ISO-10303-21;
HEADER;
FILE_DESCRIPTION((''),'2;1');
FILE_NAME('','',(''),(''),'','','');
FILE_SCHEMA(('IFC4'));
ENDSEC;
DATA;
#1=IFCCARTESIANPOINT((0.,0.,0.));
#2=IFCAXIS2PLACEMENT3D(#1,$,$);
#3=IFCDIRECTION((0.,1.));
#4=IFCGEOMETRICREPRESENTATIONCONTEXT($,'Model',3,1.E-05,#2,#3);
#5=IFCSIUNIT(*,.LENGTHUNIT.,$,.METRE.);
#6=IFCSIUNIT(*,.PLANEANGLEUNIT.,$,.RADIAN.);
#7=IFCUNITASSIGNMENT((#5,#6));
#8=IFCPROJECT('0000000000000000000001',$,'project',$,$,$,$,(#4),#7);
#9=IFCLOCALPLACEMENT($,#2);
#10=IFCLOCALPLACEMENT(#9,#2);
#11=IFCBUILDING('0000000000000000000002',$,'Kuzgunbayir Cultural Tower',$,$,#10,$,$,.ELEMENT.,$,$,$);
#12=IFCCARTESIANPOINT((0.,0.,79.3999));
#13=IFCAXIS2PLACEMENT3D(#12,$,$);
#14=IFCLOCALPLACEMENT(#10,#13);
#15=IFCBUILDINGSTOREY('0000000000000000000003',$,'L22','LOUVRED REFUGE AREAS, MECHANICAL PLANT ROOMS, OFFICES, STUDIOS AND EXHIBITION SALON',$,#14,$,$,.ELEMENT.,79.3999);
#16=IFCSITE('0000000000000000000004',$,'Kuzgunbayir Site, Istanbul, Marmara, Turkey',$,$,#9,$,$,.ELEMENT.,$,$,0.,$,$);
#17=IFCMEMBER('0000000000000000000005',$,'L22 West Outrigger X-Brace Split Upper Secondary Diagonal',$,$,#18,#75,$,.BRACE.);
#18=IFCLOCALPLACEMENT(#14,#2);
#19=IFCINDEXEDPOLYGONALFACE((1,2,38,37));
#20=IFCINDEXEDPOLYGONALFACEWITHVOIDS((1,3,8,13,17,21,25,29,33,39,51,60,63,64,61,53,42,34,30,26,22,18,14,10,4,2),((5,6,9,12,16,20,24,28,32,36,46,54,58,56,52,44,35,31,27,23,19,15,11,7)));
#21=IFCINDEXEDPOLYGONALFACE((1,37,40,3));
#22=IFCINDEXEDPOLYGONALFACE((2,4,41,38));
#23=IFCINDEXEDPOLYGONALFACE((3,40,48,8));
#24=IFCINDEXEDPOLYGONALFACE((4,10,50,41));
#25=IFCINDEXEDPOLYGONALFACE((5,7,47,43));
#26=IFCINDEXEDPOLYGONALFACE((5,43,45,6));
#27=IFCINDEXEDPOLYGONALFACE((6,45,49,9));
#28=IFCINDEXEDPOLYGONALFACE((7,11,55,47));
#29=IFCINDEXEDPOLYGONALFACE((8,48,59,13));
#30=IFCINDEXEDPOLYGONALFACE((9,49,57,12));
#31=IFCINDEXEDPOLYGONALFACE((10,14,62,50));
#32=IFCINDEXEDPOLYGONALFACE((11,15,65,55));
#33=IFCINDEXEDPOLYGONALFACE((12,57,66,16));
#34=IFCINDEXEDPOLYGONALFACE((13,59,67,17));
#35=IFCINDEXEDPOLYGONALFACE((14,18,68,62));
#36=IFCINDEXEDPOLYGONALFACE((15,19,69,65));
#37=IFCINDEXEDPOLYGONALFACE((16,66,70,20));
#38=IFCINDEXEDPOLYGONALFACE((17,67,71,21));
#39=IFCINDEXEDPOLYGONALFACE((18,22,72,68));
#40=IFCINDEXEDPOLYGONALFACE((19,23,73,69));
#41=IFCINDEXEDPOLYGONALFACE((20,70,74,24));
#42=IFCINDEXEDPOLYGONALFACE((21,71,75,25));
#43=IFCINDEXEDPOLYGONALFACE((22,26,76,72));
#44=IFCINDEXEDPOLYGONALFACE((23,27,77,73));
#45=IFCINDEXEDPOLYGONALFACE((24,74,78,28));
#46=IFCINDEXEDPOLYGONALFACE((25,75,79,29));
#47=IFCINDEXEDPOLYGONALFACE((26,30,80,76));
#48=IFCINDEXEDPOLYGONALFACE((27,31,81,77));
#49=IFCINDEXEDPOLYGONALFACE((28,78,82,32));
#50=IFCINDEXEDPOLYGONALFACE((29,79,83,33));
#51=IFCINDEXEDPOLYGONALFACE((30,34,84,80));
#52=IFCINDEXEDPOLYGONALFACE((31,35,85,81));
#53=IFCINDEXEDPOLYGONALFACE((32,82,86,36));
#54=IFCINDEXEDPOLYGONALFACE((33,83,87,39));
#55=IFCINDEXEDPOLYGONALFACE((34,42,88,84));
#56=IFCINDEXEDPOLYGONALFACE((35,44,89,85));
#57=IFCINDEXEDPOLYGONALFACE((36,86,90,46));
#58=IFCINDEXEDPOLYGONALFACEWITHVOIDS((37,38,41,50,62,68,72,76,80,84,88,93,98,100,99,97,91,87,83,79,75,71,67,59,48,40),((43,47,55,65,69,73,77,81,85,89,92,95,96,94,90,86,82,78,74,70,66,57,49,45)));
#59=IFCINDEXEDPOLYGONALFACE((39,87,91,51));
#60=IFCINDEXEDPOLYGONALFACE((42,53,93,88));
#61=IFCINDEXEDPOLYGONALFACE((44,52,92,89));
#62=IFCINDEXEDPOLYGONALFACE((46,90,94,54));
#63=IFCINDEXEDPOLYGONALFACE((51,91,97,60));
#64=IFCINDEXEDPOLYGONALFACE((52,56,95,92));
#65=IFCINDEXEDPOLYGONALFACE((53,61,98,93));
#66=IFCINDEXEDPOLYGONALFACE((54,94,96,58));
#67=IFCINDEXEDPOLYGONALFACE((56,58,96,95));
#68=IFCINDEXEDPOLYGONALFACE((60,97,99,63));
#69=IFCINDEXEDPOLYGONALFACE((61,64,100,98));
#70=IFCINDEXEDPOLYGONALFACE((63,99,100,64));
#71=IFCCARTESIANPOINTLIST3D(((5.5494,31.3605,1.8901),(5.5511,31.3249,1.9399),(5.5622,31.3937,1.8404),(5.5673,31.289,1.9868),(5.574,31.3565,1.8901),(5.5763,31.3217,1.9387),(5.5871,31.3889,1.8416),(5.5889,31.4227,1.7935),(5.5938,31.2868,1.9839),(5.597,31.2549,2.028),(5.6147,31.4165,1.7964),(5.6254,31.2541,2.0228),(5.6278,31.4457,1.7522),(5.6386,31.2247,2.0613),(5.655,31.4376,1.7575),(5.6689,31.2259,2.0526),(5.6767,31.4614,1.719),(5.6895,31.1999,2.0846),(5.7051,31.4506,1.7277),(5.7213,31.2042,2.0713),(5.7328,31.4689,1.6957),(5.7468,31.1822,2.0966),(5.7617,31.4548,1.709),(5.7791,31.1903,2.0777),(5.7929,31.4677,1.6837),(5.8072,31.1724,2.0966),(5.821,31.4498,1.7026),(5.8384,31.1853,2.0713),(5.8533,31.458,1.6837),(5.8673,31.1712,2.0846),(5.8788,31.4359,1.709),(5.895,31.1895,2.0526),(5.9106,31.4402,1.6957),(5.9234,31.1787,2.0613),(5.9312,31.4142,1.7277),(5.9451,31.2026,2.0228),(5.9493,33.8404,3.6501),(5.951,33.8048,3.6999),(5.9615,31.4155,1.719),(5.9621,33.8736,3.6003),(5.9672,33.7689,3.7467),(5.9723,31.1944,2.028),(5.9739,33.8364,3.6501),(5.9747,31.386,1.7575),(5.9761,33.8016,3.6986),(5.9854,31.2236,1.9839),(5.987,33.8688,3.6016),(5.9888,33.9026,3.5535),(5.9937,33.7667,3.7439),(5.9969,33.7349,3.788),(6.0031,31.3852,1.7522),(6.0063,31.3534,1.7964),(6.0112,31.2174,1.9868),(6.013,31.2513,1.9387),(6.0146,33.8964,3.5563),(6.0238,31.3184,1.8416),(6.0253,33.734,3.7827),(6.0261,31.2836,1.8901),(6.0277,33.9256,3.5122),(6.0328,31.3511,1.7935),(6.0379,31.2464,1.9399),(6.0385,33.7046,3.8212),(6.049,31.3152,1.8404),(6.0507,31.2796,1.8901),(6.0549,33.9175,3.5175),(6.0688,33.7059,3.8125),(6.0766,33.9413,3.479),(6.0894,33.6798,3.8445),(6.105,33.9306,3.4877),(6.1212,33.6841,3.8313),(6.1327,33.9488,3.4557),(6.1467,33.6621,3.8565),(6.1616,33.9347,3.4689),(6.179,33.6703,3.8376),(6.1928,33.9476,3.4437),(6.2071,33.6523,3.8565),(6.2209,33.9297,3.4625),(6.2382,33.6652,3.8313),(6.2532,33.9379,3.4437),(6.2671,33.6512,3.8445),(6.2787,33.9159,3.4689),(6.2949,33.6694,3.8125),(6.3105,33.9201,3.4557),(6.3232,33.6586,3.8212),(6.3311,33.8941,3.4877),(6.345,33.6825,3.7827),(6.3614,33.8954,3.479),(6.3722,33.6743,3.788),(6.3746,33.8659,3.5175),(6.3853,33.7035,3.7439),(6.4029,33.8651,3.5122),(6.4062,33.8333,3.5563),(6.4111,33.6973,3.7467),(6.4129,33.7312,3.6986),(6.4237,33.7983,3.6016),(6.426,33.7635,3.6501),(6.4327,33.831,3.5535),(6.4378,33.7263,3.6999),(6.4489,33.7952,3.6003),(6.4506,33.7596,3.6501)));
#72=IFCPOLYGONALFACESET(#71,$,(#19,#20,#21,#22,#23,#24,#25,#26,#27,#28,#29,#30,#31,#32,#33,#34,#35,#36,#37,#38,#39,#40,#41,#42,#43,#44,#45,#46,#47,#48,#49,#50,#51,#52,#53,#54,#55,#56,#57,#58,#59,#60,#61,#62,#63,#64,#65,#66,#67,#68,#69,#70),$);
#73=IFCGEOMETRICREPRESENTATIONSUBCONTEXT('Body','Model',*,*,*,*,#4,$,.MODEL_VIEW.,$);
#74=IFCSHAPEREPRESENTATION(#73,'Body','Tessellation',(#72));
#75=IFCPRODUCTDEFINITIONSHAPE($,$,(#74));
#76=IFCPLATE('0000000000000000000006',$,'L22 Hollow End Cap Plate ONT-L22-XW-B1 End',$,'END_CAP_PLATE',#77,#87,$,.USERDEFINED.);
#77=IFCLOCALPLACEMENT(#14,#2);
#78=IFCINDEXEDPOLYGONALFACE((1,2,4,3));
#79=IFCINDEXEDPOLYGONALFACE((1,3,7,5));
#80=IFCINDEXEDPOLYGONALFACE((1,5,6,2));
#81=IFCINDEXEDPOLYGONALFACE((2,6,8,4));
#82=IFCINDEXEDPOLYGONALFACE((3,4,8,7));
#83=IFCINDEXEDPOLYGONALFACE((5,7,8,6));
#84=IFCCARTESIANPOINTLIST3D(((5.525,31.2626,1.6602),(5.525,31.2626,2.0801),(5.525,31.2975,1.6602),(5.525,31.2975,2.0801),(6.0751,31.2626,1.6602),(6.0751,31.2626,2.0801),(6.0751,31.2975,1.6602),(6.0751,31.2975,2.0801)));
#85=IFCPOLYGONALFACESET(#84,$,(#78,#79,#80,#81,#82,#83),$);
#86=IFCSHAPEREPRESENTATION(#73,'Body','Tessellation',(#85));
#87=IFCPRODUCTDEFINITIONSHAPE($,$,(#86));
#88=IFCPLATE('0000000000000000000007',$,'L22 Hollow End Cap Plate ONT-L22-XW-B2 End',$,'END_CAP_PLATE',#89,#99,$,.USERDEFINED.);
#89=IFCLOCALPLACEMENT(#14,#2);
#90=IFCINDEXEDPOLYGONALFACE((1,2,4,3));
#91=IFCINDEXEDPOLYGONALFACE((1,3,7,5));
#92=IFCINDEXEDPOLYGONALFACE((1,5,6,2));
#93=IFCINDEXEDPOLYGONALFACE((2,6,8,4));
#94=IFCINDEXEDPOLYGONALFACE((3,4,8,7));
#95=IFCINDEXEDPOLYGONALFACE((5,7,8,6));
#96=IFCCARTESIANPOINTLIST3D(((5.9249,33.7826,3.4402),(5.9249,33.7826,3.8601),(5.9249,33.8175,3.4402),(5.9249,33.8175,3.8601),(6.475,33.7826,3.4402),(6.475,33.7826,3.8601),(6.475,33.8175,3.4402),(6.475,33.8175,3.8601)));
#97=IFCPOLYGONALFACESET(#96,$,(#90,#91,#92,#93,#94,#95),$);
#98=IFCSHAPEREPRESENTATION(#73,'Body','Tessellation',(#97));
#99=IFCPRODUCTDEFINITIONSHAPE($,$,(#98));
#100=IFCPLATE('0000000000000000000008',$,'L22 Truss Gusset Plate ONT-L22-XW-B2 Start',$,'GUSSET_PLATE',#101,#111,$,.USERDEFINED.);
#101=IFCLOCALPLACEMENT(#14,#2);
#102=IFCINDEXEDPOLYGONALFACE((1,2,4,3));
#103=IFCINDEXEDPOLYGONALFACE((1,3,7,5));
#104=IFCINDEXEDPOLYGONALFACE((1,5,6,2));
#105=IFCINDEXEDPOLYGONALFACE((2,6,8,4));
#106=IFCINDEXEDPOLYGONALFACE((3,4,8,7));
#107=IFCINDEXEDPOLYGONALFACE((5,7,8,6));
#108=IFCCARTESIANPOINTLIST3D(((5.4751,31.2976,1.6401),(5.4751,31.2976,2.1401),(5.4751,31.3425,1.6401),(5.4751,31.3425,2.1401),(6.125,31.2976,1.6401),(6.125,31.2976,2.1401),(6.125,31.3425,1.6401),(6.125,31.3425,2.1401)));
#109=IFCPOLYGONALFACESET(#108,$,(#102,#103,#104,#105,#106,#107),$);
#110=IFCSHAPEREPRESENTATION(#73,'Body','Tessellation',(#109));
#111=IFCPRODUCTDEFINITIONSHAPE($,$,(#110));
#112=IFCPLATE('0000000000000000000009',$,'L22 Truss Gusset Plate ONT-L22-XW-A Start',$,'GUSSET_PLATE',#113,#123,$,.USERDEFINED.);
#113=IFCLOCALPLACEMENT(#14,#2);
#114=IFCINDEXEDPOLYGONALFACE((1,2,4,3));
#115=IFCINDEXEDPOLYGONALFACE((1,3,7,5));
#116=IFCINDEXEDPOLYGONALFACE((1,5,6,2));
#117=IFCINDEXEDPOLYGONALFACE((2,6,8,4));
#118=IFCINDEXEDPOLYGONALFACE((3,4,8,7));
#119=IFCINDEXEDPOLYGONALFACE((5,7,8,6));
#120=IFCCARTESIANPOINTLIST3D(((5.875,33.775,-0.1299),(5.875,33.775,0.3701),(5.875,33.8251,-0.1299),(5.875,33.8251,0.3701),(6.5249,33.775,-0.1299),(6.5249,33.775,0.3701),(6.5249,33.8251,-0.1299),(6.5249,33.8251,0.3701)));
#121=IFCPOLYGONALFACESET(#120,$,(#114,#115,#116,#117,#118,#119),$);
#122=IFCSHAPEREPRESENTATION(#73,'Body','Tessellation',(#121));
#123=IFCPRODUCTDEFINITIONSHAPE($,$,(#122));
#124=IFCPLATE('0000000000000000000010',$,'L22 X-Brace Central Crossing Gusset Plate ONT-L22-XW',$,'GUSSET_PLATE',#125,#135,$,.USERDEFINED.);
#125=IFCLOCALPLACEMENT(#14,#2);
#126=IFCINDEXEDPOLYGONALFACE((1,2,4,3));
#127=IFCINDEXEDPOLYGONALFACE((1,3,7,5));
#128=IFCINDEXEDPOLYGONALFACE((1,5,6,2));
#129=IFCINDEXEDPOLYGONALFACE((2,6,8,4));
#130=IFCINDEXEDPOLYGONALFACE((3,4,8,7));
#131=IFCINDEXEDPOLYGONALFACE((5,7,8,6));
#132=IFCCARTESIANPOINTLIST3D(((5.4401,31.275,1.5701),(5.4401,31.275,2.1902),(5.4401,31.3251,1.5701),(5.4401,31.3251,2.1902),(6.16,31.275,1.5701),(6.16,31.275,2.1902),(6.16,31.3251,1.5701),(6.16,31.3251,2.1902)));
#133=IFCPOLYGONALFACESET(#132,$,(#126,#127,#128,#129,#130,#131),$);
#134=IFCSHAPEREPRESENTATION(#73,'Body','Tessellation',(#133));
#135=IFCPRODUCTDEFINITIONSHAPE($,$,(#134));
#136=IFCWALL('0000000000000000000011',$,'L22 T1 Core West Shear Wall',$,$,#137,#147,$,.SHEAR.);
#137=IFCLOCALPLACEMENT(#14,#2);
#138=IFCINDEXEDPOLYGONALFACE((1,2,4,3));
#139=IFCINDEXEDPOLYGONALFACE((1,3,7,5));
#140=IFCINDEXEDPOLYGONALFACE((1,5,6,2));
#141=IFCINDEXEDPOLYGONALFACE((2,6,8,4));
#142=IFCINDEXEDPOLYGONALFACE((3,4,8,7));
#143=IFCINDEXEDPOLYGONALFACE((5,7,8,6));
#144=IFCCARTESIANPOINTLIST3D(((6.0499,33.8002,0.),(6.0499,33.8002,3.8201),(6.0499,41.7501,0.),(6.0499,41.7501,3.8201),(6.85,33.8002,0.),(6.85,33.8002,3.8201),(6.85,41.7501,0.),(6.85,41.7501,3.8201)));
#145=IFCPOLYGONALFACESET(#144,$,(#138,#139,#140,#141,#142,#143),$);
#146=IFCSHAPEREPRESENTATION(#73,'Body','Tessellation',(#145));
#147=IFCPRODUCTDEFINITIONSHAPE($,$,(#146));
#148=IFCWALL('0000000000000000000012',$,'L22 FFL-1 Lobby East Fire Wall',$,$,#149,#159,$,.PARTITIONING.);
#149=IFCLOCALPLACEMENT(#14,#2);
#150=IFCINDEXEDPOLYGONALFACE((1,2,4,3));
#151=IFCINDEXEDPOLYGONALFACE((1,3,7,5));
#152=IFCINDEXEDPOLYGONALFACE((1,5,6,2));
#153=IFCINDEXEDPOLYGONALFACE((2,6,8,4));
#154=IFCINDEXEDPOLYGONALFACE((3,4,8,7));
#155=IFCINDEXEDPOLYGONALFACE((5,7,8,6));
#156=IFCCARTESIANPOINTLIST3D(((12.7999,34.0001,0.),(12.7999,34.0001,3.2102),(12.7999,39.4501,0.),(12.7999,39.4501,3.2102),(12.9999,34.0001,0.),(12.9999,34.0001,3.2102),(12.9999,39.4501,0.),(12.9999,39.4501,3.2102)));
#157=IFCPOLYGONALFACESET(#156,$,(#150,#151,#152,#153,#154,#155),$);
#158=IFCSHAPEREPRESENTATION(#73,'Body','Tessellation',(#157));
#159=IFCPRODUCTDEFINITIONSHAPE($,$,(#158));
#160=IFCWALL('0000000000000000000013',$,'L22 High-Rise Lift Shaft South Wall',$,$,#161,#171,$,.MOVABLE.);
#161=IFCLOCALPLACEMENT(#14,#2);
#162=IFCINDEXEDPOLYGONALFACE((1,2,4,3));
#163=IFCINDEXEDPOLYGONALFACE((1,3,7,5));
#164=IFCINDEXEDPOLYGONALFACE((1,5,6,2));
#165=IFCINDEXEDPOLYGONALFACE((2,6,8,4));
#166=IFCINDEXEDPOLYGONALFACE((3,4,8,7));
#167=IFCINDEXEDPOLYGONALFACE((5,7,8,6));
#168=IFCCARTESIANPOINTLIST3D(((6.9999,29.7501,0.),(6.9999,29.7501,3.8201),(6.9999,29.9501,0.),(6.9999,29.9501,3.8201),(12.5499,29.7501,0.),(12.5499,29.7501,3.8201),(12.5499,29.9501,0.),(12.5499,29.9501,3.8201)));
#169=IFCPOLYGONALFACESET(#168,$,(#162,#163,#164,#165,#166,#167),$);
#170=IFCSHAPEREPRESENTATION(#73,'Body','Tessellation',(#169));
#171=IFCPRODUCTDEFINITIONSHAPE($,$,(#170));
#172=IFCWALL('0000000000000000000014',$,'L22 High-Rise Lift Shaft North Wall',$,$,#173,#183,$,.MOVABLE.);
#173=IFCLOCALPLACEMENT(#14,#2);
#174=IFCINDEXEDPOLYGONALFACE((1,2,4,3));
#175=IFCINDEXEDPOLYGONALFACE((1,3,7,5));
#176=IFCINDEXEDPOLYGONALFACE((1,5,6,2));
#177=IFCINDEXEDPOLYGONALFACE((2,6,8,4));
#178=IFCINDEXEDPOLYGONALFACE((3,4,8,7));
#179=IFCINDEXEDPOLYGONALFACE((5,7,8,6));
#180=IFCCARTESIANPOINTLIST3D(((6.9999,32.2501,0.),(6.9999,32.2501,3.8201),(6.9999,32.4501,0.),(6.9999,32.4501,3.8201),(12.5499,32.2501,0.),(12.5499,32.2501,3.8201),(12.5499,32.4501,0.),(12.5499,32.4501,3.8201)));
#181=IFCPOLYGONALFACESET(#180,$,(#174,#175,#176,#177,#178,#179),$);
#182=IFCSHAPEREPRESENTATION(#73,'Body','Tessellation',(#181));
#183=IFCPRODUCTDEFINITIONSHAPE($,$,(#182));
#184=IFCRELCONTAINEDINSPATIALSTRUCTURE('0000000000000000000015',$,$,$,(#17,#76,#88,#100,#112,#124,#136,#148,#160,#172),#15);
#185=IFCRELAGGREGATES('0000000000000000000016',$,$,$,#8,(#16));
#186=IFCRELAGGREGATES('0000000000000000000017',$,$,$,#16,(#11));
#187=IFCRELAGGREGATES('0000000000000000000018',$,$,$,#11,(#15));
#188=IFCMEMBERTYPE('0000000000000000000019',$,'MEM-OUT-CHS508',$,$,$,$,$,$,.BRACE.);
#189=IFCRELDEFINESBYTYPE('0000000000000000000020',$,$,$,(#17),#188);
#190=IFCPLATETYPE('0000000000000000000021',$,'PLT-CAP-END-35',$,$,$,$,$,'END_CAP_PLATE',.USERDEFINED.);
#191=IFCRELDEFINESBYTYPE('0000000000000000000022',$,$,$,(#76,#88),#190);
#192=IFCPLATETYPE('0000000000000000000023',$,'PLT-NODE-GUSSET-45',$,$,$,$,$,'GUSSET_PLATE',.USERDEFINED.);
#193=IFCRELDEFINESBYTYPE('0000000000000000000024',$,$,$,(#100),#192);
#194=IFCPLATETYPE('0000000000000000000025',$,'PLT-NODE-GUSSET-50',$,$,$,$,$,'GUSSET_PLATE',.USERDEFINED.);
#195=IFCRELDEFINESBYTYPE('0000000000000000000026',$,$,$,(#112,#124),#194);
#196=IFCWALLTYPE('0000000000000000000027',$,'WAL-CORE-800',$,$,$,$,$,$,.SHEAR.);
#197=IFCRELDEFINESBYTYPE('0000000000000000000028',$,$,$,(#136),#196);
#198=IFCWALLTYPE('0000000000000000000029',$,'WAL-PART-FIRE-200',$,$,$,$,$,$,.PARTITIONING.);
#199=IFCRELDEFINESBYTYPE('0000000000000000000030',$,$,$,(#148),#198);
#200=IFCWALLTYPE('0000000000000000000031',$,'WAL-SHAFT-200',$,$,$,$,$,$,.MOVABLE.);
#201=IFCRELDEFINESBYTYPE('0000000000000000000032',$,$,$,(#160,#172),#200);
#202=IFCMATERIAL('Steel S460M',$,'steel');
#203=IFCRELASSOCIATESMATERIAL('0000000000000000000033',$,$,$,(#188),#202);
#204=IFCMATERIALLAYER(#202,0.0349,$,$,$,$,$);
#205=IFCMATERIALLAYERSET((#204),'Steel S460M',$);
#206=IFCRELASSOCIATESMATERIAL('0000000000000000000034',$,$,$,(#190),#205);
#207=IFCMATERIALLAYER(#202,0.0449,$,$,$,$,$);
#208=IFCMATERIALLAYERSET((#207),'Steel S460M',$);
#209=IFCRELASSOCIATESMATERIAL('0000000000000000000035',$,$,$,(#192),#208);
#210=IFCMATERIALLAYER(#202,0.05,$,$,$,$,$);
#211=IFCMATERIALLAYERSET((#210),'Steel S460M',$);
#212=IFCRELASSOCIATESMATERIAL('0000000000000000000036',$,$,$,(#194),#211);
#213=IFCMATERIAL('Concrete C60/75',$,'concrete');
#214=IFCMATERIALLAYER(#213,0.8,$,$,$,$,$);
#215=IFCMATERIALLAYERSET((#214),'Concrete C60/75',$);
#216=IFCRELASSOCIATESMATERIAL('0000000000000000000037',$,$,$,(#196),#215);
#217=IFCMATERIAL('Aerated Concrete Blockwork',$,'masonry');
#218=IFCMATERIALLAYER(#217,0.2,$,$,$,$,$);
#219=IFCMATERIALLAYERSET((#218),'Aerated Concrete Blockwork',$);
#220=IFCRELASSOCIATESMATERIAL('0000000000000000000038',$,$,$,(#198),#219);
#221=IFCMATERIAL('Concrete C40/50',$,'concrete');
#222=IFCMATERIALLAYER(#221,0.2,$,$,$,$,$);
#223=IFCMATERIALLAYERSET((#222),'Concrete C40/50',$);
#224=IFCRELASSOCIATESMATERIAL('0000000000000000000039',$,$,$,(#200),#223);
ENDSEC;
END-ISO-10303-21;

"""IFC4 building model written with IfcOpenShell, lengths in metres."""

from ifc_helpers import new_model, si_unit, direction, frame, frame_2d, origin, origin_2d, place, context, subcontext, project, spatial, rectangle, hollow_circle, extrude, material, layer, layer_set, material_profile, profile_set, type_object, element, save


model = new_model("IFC4")

# Units and contexts
model_context = context("Model", 3, precision=1e-05, world=origin(), true_north=direction((0.0, 1.0)))
body_context = subcontext(model_context, "Body", "Model", "MODEL_VIEW")
ifc_project = project(units=[si_unit("LENGTHUNIT", "METRE"), si_unit("PLANEANGLEUNIT", "RADIAN")], contexts=[model_context])

# Site, building, storey
site_placement = place(None, origin())
site = spatial("IfcSite", under=ifc_project, at=site_placement, Name="Kuzgunbayir Site, Istanbul, Marmara, Turkey", CompositionType="ELEMENT", RefElevation=0.0)
building_placement = place(site_placement, origin())
building = spatial("IfcBuilding", under=site, at=building_placement, Name="Kuzgunbayir Cultural Tower", CompositionType="ELEMENT")
storey_placement = place(building_placement, frame((0.0, 0.0, 79.3999)))
storey = spatial("IfcBuildingStorey", under=building, at=storey_placement, Name="L22", Description="LOUVRED REFUGE AREAS, MECHANICAL PLANT ROOMS, OFFICES, STUDIOS AND EXHIBITION SALON", CompositionType="ELEMENT", Elevation=79.3999)

# Shared definitions
ifc_material_1 = material(Name="Concrete C60/75", Category="concrete")

# Member
ifc_material_2 = material(Name="Steel S460M", Category="steel")
ifc_material_profile_1 = material_profile(ifc_material_2, hollow_circle(Radius=0.2539, WallThickness=0.0249, at=origin_2d()), Name="CHS 508x25")
ifc_profile_set_1 = profile_set([ifc_material_profile_1], Name="Steel S460M")
member_type = type_object("IfcMemberType", Name="MEM-OUT-CHS508", PredefinedType="BRACE", material=ifc_profile_set_1)
member_1_placement = place(storey_placement, frame((5.8, 31.3201, 1.8901), z_axis=(0.130379, 0.808542, 0.573812), x_axis=(-0.987247, 0.159196, 0.0)))
element("IfcMember", 1, at=member_1_placement, inside=storey, type_object=member_type, Name="L22 West Outrigger X-Brace Split Upper Secondary Diagonal", PredefinedType="BRACE", context=body_context, shape_type="SweptSolid", body=[
    extrude(hollow_circle(Radius=0.2539, WallThickness=0.0249, at=origin_2d()), origin(), (0.0, 0.0, 1.0), 3.0671),
])

# Plates
ifc_layer_1 = layer(ifc_material_2, 0.0349)
ifc_layer_set_1 = layer_set([ifc_layer_1], Name="Steel S460M")
plate_type_1 = type_object("IfcPlateType", Name="PLT-CAP-END-35", ElementType="END_CAP_PLATE", PredefinedType="USERDEFINED", material=ifc_layer_set_1)
for number, where, z_axis, x_axis, name in (
    (2, (5.8, 31.28, 1.6602), (0.0, 0.0, 1.0), (1.0, 0.0, 0.0), "L22 Hollow End Cap Plate ONT-L22-XW-B1 End"),
    (3, (6.2, 33.8, 3.4402), (0.0, 0.0, 1.0), (1.0, 0.0, 0.0), "L22 Hollow End Cap Plate ONT-L22-XW-B2 End"),
):
    element("IfcPlate", number, at=place(storey_placement, frame(where, z_axis=z_axis, x_axis=x_axis)), inside=storey, type_object=plate_type_1, Name=name, ObjectType="END_CAP_PLATE", PredefinedType="USERDEFINED", context=body_context, shape_type="SweptSolid", body=[
        extrude(rectangle(XDim=0.55, YDim=0.0349, at=origin_2d()), origin(), (0.0, 0.0, 1.0), 0.4199),
    ])
ifc_layer_2 = layer(ifc_material_2, 0.0449)
ifc_layer_set_2 = layer_set([ifc_layer_2], Name="Steel S460M")
plate_type_2 = type_object("IfcPlateType", Name="PLT-NODE-GUSSET-45", ElementType="GUSSET_PLATE", PredefinedType="USERDEFINED", material=ifc_layer_set_2)
plate_1_placement = place(storey_placement, frame((5.8, 31.3201, 1.6401), z_axis=(0.0, 0.0, 1.0), x_axis=(1.0, 0.0, 0.0)))
element("IfcPlate", 4, at=plate_1_placement, inside=storey, type_object=plate_type_2, Name="L22 Truss Gusset Plate ONT-L22-XW-B2 Start", ObjectType="GUSSET_PLATE", PredefinedType="USERDEFINED", context=body_context, shape_type="SweptSolid", body=[
    extrude(rectangle(XDim=0.6499, YDim=0.0449, at=origin_2d()), origin(), (0.0, 0.0, 1.0), 0.5),
])
ifc_layer_3 = layer(ifc_material_2, 0.05)
ifc_layer_set_3 = layer_set([ifc_layer_3], Name="Steel S460M")
plate_type_3 = type_object("IfcPlateType", Name="PLT-NODE-GUSSET-50", ElementType="GUSSET_PLATE", PredefinedType="USERDEFINED", material=ifc_layer_set_3)
plate_2_placement = place(storey_placement, frame((6.2, 33.8, -0.1299), z_axis=(0.0, 0.0, 1.0), x_axis=(1.0, 0.0, 0.0)))
element("IfcPlate", 5, at=plate_2_placement, inside=storey, type_object=plate_type_3, Name="L22 Truss Gusset Plate ONT-L22-XW-A Start", ObjectType="GUSSET_PLATE", PredefinedType="USERDEFINED", context=body_context, shape_type="SweptSolid", body=[
    extrude(rectangle(XDim=0.6499, YDim=0.05, at=origin_2d()), origin(), (0.0, 0.0, 1.0), 0.5),
])
plate_3_placement = place(storey_placement, frame((5.8, 31.3, 1.5701), z_axis=(0.0, 0.0, 1.0), x_axis=(1.0, 0.0, 0.0)))
element("IfcPlate", 6, at=plate_3_placement, inside=storey, type_object=plate_type_3, Name="L22 X-Brace Central Crossing Gusset Plate ONT-L22-XW", ObjectType="GUSSET_PLATE", PredefinedType="USERDEFINED", context=body_context, shape_type="SweptSolid", body=[
    extrude(rectangle(XDim=0.72, YDim=0.05, at=origin_2d()), origin(), (0.0, 0.0, 1.0), 0.6201),
])

# Walls
ifc_layer_4 = layer(ifc_material_1, 0.8)
ifc_layer_set_4 = layer_set([ifc_layer_4], Name="Concrete C60/75")
wall_type_1 = type_object("IfcWallType", Name="WAL-CORE-800", PredefinedType="SHEAR", material=ifc_layer_set_4)
wall_1_placement = place(storey_placement, frame((6.45, 33.8, 0.0), z_axis=(0.0, 0.0, 1.0), x_axis=(0.0, 1.0, 0.0)))
element("IfcWall", 7, at=wall_1_placement, inside=storey, type_object=wall_type_1, Name="L22 T1 Core West Shear Wall", PredefinedType="SHEAR", context=body_context, shape_type="SweptSolid", body=[
    extrude(rectangle(XDim=7.95, YDim=0.8, at=frame_2d((3.9751, 0.0))), origin(), (0.0, 0.0, 1.0), 3.8201),
])
ifc_material_3 = material(Name="Aerated Concrete Blockwork", Category="masonry")
ifc_layer_5 = layer(ifc_material_3, 0.2)
ifc_layer_set_5 = layer_set([ifc_layer_5], Name="Aerated Concrete Blockwork")
wall_type_2 = type_object("IfcWallType", Name="WAL-PART-FIRE-200", PredefinedType="PARTITIONING", material=ifc_layer_set_5)
wall_2_placement = place(storey_placement, frame((12.8999, 34.0, 0.0), z_axis=(0.0, 0.0, 1.0), x_axis=(0.0, 1.0, 0.0)))
element("IfcWall", 8, at=wall_2_placement, inside=storey, type_object=wall_type_2, Name="L22 FFL-1 Lobby East Fire Wall", PredefinedType="PARTITIONING", context=body_context, shape_type="SweptSolid", body=[
    extrude(rectangle(XDim=5.45, YDim=0.2, at=frame_2d((2.7251, 0.0))), origin(), (0.0, 0.0, 1.0), 3.2102),
])

# Walls
ifc_material_4 = material(Name="Concrete C40/50", Category="concrete")
ifc_layer_6 = layer(ifc_material_4, 0.2)
ifc_layer_set_6 = layer_set([ifc_layer_6], Name="Concrete C40/50")
wall_type_3 = type_object("IfcWallType", Name="WAL-SHAFT-200", PredefinedType="MOVABLE", material=ifc_layer_set_6)
for number, where, z_axis, x_axis, name in (
    (9, (7.0, 29.8501, 0.0), (0.0, 0.0, 1.0), (1.0, 0.0, 0.0), "L22 High-Rise Lift Shaft South Wall"),
    (10, (7.0, 32.3501, 0.0), (0.0, 0.0, 1.0), (1.0, 0.0, 0.0), "L22 High-Rise Lift Shaft North Wall"),
):
    element("IfcWall", number, at=place(storey_placement, frame(where, z_axis=z_axis, x_axis=x_axis)), inside=storey, type_object=wall_type_3, Name=name, PredefinedType="MOVABLE", context=body_context, shape_type="SweptSolid", body=[
        extrude(rectangle(XDim=5.55, YDim=0.2, at=frame_2d((2.7749, 0.0))), origin(), (0.0, 0.0, 1.0), 3.8201),
    ])

save(model, "model.ifc")
